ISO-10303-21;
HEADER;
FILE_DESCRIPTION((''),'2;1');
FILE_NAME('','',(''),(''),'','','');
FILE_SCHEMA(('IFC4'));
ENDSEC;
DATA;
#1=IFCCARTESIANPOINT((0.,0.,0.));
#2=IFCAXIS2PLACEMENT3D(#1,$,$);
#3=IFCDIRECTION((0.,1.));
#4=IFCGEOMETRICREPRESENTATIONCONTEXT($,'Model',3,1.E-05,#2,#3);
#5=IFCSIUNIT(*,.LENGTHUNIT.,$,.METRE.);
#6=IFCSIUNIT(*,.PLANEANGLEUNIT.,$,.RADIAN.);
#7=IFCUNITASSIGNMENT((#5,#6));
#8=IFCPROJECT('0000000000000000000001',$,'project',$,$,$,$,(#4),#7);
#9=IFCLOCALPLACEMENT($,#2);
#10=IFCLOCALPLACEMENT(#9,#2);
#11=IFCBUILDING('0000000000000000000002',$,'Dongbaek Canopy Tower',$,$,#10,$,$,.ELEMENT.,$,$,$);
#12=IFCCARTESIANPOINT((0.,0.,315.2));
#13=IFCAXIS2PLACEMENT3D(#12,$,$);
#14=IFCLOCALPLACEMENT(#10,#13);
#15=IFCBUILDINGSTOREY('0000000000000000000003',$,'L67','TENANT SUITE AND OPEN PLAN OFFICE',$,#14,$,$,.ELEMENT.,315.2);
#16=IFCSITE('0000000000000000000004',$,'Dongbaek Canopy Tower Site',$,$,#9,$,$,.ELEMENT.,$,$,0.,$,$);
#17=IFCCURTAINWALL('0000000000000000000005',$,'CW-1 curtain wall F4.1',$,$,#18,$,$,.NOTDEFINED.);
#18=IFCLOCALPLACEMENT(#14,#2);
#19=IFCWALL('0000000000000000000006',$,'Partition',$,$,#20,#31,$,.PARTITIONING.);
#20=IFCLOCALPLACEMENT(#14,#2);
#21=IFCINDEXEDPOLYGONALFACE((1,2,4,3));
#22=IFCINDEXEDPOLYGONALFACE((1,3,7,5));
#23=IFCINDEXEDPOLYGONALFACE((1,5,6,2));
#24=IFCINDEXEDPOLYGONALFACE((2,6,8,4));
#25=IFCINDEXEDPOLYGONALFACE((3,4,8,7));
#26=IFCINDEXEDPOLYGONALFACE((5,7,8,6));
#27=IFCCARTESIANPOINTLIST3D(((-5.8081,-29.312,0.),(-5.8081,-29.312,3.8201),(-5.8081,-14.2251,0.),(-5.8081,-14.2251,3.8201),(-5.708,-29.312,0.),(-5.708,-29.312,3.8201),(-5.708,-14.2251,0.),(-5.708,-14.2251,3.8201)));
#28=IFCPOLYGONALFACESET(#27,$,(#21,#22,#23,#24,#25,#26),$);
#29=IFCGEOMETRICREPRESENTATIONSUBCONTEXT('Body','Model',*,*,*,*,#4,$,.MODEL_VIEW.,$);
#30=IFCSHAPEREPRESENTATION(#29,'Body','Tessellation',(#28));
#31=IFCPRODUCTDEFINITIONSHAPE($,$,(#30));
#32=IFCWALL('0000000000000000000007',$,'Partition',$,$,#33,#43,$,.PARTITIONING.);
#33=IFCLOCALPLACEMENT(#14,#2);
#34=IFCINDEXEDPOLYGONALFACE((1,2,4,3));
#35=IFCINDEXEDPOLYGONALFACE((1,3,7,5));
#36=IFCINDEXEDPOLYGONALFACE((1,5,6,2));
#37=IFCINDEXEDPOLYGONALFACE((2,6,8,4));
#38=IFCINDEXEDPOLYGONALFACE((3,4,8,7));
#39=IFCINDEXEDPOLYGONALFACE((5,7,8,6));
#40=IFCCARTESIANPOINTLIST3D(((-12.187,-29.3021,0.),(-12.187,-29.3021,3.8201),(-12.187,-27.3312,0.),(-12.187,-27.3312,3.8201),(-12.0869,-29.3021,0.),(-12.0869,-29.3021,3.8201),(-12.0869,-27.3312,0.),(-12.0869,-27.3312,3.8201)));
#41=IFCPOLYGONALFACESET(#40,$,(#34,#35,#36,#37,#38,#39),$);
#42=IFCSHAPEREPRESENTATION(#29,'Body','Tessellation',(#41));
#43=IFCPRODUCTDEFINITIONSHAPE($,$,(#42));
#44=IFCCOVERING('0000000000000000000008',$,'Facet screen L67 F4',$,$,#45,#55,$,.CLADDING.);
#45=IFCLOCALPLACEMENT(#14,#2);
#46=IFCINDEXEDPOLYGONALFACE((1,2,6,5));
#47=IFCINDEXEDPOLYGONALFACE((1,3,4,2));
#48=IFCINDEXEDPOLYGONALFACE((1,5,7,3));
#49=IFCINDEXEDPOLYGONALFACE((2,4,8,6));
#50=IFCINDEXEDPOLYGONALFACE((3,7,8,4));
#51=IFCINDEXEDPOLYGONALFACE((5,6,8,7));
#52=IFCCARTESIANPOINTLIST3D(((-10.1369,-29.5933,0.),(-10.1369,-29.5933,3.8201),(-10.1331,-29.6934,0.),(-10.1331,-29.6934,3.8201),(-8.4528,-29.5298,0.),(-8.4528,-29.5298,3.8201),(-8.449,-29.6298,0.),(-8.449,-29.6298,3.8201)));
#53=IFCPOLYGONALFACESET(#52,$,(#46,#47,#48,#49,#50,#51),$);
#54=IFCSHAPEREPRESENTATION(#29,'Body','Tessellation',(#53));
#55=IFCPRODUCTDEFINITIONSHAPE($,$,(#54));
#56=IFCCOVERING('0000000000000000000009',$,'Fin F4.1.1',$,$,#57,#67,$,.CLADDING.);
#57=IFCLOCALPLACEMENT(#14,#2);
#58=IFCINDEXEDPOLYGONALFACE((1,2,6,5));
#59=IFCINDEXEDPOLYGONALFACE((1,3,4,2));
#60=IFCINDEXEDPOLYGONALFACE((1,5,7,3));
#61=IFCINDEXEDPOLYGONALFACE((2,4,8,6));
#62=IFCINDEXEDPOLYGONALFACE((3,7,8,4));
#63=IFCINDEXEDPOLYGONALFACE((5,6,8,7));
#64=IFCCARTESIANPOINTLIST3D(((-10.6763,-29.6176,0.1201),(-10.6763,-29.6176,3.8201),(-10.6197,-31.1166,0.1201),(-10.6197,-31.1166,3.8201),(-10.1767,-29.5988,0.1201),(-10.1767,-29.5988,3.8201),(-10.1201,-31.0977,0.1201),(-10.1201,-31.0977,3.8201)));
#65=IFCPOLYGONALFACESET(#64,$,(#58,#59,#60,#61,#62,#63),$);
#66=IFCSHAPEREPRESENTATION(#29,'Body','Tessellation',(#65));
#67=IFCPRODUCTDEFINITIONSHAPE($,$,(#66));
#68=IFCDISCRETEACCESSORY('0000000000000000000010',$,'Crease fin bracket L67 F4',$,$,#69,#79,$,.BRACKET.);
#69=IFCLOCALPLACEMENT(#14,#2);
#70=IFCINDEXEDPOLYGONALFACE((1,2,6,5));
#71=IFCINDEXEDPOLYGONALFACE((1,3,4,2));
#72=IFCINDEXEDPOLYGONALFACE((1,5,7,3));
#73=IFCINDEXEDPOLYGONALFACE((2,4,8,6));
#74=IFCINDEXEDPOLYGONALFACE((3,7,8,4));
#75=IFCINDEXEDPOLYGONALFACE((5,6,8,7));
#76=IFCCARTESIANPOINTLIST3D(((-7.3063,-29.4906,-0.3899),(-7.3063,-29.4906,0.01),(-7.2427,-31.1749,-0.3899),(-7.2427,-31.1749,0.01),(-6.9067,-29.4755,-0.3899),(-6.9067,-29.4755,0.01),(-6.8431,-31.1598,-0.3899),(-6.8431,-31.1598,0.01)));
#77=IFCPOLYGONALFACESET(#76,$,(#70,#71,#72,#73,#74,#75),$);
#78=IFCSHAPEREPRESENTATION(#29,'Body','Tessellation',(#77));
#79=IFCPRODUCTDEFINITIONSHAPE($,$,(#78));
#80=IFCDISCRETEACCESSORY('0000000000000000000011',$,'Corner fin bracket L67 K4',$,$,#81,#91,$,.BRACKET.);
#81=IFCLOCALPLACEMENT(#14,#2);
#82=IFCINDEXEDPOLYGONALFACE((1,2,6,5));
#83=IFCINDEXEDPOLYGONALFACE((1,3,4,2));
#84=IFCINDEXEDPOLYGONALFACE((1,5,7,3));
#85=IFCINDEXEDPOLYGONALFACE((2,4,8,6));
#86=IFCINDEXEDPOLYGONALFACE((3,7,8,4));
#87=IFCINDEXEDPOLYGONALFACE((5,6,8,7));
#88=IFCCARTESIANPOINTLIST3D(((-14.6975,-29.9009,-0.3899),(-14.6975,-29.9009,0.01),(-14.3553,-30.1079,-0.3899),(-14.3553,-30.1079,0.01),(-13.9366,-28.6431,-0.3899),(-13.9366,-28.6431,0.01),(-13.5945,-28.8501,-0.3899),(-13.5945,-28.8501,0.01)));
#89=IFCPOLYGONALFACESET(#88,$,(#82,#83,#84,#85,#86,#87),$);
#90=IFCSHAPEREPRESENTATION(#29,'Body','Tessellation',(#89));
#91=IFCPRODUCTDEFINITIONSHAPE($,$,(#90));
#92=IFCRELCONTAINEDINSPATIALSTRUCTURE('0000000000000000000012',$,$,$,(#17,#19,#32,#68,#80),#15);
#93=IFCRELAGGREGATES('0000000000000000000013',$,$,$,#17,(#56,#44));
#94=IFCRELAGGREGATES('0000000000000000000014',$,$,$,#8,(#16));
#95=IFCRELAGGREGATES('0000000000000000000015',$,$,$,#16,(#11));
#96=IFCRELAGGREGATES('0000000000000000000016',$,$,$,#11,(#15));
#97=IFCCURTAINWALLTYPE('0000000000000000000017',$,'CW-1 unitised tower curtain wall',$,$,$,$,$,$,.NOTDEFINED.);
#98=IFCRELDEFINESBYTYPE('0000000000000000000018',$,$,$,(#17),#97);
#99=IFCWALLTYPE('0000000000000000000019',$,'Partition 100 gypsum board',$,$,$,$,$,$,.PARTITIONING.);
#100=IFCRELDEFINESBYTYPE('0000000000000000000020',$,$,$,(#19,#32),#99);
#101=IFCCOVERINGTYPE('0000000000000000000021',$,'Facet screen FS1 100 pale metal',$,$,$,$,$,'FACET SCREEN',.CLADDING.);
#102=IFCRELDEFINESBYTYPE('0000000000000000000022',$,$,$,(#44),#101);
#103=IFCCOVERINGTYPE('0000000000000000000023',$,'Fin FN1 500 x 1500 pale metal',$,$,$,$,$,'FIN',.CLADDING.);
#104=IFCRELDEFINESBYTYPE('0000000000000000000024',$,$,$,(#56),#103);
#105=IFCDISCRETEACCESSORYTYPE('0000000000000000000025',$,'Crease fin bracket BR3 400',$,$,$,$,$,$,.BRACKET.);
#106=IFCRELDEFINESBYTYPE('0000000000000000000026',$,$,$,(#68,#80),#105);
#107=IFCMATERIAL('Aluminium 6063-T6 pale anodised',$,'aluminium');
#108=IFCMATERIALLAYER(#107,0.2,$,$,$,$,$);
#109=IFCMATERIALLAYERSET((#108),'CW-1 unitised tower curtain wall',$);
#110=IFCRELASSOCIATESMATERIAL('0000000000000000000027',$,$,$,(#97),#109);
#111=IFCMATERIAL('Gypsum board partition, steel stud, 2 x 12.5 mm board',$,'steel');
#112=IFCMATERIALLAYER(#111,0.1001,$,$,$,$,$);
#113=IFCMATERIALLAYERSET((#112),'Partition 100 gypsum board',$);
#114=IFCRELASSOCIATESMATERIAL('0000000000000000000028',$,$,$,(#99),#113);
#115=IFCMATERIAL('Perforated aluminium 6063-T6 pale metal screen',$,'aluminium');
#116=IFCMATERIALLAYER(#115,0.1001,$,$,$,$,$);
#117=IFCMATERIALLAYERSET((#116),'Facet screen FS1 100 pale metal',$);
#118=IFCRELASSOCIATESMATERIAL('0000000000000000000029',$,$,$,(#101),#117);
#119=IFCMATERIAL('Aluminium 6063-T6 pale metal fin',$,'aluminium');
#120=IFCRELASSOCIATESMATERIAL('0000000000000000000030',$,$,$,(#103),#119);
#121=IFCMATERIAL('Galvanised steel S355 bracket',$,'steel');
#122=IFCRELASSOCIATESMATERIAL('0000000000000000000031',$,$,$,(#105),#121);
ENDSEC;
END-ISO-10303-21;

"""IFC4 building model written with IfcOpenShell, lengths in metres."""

from ifc_helpers import new_model, si_unit, direction, frame, frame_2d, origin, origin_2d, place, context, subcontext, project, spatial, rectangle, extrude, material, layer, layer_set, material_profile, profile_set, type_object, element, aggregate, save


model = new_model("IFC4")

# Units and contexts
model_context = context("Model", 3, precision=1e-05, world=origin(), true_north=direction((0.0, 1.0)))
body_context = subcontext(model_context, "Body", "Model", "MODEL_VIEW")
ifc_project = project(units=[si_unit("LENGTHUNIT", "METRE"), si_unit("PLANEANGLEUNIT", "RADIAN")], contexts=[model_context])

# Site, building, storey
site_placement = place(None, origin())
site = spatial("IfcSite", under=ifc_project, at=site_placement, Name="Dongbaek Canopy Tower Site", CompositionType="ELEMENT", RefElevation=0.0)
building_placement = place(site_placement, origin())
building = spatial("IfcBuilding", under=site, at=building_placement, Name="Dongbaek Canopy Tower", CompositionType="ELEMENT")
storey_placement = place(building_placement, frame((0.0, 0.0, 315.2)))
storey = spatial("IfcBuildingStorey", under=building, at=storey_placement, Name="L67", Description="TENANT SUITE AND OPEN PLAN OFFICE", CompositionType="ELEMENT", Elevation=315.2)

# Curtain wall
ifc_material_1 = material(Name="Aluminium 6063-T6 pale anodised", Category="aluminium")
ifc_layer_1 = layer(ifc_material_1, 0.2)
ifc_layer_set_1 = layer_set([ifc_layer_1], Name="CW-1 unitised tower curtain wall")
curtain_wall_type = type_object("IfcCurtainWallType", Name="CW-1 unitised tower curtain wall", PredefinedType="NOTDEFINED", material=ifc_layer_set_1)
curtain_wall_1_placement = place(storey_placement, origin())
curtain_wall_1 = element("IfcCurtainWall", 1, at=curtain_wall_1_placement, inside=storey, type_object=curtain_wall_type, Name="CW-1 curtain wall F4.1", PredefinedType="NOTDEFINED")

# Walls
ifc_material_2 = material(Name="Gypsum board partition, steel stud, 2 x 12.5 mm board", Category="steel")
ifc_layer_2 = layer(ifc_material_2, 0.1001)
ifc_layer_set_2 = layer_set([ifc_layer_2], Name="Partition 100 gypsum board")
wall_type_1 = type_object("IfcWallType", Name="Partition 100 gypsum board", PredefinedType="PARTITIONING", material=ifc_layer_set_2)
wall_1_placement = place(storey_placement, frame((-5.7581, -29.312, 0.0), z_axis=(0.0, 0.0, 1.0), x_axis=(0.0, 1.0, 0.0)))
element("IfcWall", 2, at=wall_1_placement, inside=storey, type_object=wall_type_1, Name="Partition", PredefinedType="PARTITIONING", context=body_context, shape_type="SweptSolid", body=[
    extrude(rectangle(XDim=15.0869, YDim=0.1001, at=frame_2d((7.5435, 0.0))), origin(), (0.0, 0.0, 1.0), 3.8201),
])
wall_2_placement = place(storey_placement, frame((-12.137, -29.302, 0.0), z_axis=(0.0, 0.0, 1.0), x_axis=(0.0, 1.0, 0.0)))
element("IfcWall", 3, at=wall_2_placement, inside=storey, type_object=wall_type_1, Name="Partition", PredefinedType="PARTITIONING", context=body_context, shape_type="SweptSolid", body=[
    extrude(rectangle(XDim=1.9709, YDim=0.1001, at=frame_2d((0.9854, 0.0))), origin(), (0.0, 0.0, 1.0), 3.8201),
])

# Coverings
ifc_material_3 = material(Name="Perforated aluminium 6063-T6 pale metal screen", Category="aluminium")
ifc_layer_3 = layer(ifc_material_3, 0.1001)
ifc_layer_set_3 = layer_set([ifc_layer_3], Name="Facet screen FS1 100 pale metal")
covering_type_1 = type_object("IfcCoveringType", Name="Facet screen FS1 100 pale metal", ElementType="FACET SCREEN", PredefinedType="CLADDING", material=ifc_layer_set_3)
covering_1_placement = place(storey_placement, frame((-9.293, -29.6116, 0.0), z_axis=(0.0, 0.0, 1.0), x_axis=(0.999289, 0.037713, 0.0)))
covering_1 = element("IfcCovering", 4, at=covering_1_placement, type_object=covering_type_1, Name="Facet screen L67 F4", PredefinedType="CLADDING", context=body_context, shape_type="SweptSolid", body=[
    extrude(rectangle(XDim=1.6853, YDim=0.1001, at=origin_2d()), origin(), (0.0, 0.0, 1.0), 3.8201),
])
ifc_material_4 = material(Name="Aluminium 6063-T6 pale metal fin", Category="aluminium")
ifc_material_profile_1 = material_profile(ifc_material_4, rectangle(XDim=1.5, YDim=0.5, at=origin_2d()), Name="Fin FN1 500 x 1500 pale metal")
ifc_profile_set_1 = profile_set([ifc_material_profile_1], Name="Aluminium 6063-T6 pale metal fin")
covering_type_2 = type_object("IfcCoveringType", Name="Fin FN1 500 x 1500 pale metal", ElementType="FIN", PredefinedType="CLADDING", material=ifc_profile_set_1)
covering_2_placement = place(storey_placement, frame((-10.3982, -30.3577, 0.1201), z_axis=(0.0, 0.0, 1.0), x_axis=(0.037712, -0.999289, 0.0)))
covering_2 = element("IfcCovering", 5, at=covering_2_placement, type_object=covering_type_2, Name="Fin F4.1.1", PredefinedType="CLADDING", context=body_context, shape_type="SweptSolid", body=[
    extrude(rectangle(XDim=1.5, YDim=0.5, at=origin_2d()), origin(), (0.0, 0.0, 1.0), 3.7),
])
aggregate(curtain_wall_1, [covering_2, covering_1])

# Discrete accessories
ifc_material_5 = material(Name="Galvanised steel S355 bracket", Category="steel")
discrete_accessory_type = type_object("IfcDiscreteAccessoryType", Name="Crease fin bracket BR3 400", PredefinedType="BRACKET", material=ifc_material_5)
discrete_accessory_1_placement = place(storey_placement, frame((-7.0747, -30.3252, -0.3899), z_axis=(0.0, 0.0, 1.0), x_axis=(0.037713, -0.999289, 0.0)))
element("IfcDiscreteAccessory", 6, at=discrete_accessory_1_placement, inside=storey, type_object=discrete_accessory_type, Name="Crease fin bracket L67 F4", PredefinedType="BRACKET", context=body_context, shape_type="SweptSolid", body=[
    extrude(rectangle(XDim=1.6855, YDim=0.3999, at=origin_2d()), origin(), (0.0, 0.0, 1.0), 0.3999),
])
discrete_accessory_2_placement = place(storey_placement, frame((-14.146, -29.3755, -0.3899), z_axis=(0.0, 0.0, 1.0), x_axis=(-0.517606, -0.855619, 0.0)))
element("IfcDiscreteAccessory", 7, at=discrete_accessory_2_placement, inside=storey, type_object=discrete_accessory_type, Name="Corner fin bracket L67 K4", PredefinedType="BRACKET", context=body_context, shape_type="SweptSolid", body=[
    extrude(rectangle(XDim=1.47, YDim=0.3999, at=origin_2d()), origin(), (0.0, 0.0, 1.0), 0.3999),
])

save(model, "model.ifc")
